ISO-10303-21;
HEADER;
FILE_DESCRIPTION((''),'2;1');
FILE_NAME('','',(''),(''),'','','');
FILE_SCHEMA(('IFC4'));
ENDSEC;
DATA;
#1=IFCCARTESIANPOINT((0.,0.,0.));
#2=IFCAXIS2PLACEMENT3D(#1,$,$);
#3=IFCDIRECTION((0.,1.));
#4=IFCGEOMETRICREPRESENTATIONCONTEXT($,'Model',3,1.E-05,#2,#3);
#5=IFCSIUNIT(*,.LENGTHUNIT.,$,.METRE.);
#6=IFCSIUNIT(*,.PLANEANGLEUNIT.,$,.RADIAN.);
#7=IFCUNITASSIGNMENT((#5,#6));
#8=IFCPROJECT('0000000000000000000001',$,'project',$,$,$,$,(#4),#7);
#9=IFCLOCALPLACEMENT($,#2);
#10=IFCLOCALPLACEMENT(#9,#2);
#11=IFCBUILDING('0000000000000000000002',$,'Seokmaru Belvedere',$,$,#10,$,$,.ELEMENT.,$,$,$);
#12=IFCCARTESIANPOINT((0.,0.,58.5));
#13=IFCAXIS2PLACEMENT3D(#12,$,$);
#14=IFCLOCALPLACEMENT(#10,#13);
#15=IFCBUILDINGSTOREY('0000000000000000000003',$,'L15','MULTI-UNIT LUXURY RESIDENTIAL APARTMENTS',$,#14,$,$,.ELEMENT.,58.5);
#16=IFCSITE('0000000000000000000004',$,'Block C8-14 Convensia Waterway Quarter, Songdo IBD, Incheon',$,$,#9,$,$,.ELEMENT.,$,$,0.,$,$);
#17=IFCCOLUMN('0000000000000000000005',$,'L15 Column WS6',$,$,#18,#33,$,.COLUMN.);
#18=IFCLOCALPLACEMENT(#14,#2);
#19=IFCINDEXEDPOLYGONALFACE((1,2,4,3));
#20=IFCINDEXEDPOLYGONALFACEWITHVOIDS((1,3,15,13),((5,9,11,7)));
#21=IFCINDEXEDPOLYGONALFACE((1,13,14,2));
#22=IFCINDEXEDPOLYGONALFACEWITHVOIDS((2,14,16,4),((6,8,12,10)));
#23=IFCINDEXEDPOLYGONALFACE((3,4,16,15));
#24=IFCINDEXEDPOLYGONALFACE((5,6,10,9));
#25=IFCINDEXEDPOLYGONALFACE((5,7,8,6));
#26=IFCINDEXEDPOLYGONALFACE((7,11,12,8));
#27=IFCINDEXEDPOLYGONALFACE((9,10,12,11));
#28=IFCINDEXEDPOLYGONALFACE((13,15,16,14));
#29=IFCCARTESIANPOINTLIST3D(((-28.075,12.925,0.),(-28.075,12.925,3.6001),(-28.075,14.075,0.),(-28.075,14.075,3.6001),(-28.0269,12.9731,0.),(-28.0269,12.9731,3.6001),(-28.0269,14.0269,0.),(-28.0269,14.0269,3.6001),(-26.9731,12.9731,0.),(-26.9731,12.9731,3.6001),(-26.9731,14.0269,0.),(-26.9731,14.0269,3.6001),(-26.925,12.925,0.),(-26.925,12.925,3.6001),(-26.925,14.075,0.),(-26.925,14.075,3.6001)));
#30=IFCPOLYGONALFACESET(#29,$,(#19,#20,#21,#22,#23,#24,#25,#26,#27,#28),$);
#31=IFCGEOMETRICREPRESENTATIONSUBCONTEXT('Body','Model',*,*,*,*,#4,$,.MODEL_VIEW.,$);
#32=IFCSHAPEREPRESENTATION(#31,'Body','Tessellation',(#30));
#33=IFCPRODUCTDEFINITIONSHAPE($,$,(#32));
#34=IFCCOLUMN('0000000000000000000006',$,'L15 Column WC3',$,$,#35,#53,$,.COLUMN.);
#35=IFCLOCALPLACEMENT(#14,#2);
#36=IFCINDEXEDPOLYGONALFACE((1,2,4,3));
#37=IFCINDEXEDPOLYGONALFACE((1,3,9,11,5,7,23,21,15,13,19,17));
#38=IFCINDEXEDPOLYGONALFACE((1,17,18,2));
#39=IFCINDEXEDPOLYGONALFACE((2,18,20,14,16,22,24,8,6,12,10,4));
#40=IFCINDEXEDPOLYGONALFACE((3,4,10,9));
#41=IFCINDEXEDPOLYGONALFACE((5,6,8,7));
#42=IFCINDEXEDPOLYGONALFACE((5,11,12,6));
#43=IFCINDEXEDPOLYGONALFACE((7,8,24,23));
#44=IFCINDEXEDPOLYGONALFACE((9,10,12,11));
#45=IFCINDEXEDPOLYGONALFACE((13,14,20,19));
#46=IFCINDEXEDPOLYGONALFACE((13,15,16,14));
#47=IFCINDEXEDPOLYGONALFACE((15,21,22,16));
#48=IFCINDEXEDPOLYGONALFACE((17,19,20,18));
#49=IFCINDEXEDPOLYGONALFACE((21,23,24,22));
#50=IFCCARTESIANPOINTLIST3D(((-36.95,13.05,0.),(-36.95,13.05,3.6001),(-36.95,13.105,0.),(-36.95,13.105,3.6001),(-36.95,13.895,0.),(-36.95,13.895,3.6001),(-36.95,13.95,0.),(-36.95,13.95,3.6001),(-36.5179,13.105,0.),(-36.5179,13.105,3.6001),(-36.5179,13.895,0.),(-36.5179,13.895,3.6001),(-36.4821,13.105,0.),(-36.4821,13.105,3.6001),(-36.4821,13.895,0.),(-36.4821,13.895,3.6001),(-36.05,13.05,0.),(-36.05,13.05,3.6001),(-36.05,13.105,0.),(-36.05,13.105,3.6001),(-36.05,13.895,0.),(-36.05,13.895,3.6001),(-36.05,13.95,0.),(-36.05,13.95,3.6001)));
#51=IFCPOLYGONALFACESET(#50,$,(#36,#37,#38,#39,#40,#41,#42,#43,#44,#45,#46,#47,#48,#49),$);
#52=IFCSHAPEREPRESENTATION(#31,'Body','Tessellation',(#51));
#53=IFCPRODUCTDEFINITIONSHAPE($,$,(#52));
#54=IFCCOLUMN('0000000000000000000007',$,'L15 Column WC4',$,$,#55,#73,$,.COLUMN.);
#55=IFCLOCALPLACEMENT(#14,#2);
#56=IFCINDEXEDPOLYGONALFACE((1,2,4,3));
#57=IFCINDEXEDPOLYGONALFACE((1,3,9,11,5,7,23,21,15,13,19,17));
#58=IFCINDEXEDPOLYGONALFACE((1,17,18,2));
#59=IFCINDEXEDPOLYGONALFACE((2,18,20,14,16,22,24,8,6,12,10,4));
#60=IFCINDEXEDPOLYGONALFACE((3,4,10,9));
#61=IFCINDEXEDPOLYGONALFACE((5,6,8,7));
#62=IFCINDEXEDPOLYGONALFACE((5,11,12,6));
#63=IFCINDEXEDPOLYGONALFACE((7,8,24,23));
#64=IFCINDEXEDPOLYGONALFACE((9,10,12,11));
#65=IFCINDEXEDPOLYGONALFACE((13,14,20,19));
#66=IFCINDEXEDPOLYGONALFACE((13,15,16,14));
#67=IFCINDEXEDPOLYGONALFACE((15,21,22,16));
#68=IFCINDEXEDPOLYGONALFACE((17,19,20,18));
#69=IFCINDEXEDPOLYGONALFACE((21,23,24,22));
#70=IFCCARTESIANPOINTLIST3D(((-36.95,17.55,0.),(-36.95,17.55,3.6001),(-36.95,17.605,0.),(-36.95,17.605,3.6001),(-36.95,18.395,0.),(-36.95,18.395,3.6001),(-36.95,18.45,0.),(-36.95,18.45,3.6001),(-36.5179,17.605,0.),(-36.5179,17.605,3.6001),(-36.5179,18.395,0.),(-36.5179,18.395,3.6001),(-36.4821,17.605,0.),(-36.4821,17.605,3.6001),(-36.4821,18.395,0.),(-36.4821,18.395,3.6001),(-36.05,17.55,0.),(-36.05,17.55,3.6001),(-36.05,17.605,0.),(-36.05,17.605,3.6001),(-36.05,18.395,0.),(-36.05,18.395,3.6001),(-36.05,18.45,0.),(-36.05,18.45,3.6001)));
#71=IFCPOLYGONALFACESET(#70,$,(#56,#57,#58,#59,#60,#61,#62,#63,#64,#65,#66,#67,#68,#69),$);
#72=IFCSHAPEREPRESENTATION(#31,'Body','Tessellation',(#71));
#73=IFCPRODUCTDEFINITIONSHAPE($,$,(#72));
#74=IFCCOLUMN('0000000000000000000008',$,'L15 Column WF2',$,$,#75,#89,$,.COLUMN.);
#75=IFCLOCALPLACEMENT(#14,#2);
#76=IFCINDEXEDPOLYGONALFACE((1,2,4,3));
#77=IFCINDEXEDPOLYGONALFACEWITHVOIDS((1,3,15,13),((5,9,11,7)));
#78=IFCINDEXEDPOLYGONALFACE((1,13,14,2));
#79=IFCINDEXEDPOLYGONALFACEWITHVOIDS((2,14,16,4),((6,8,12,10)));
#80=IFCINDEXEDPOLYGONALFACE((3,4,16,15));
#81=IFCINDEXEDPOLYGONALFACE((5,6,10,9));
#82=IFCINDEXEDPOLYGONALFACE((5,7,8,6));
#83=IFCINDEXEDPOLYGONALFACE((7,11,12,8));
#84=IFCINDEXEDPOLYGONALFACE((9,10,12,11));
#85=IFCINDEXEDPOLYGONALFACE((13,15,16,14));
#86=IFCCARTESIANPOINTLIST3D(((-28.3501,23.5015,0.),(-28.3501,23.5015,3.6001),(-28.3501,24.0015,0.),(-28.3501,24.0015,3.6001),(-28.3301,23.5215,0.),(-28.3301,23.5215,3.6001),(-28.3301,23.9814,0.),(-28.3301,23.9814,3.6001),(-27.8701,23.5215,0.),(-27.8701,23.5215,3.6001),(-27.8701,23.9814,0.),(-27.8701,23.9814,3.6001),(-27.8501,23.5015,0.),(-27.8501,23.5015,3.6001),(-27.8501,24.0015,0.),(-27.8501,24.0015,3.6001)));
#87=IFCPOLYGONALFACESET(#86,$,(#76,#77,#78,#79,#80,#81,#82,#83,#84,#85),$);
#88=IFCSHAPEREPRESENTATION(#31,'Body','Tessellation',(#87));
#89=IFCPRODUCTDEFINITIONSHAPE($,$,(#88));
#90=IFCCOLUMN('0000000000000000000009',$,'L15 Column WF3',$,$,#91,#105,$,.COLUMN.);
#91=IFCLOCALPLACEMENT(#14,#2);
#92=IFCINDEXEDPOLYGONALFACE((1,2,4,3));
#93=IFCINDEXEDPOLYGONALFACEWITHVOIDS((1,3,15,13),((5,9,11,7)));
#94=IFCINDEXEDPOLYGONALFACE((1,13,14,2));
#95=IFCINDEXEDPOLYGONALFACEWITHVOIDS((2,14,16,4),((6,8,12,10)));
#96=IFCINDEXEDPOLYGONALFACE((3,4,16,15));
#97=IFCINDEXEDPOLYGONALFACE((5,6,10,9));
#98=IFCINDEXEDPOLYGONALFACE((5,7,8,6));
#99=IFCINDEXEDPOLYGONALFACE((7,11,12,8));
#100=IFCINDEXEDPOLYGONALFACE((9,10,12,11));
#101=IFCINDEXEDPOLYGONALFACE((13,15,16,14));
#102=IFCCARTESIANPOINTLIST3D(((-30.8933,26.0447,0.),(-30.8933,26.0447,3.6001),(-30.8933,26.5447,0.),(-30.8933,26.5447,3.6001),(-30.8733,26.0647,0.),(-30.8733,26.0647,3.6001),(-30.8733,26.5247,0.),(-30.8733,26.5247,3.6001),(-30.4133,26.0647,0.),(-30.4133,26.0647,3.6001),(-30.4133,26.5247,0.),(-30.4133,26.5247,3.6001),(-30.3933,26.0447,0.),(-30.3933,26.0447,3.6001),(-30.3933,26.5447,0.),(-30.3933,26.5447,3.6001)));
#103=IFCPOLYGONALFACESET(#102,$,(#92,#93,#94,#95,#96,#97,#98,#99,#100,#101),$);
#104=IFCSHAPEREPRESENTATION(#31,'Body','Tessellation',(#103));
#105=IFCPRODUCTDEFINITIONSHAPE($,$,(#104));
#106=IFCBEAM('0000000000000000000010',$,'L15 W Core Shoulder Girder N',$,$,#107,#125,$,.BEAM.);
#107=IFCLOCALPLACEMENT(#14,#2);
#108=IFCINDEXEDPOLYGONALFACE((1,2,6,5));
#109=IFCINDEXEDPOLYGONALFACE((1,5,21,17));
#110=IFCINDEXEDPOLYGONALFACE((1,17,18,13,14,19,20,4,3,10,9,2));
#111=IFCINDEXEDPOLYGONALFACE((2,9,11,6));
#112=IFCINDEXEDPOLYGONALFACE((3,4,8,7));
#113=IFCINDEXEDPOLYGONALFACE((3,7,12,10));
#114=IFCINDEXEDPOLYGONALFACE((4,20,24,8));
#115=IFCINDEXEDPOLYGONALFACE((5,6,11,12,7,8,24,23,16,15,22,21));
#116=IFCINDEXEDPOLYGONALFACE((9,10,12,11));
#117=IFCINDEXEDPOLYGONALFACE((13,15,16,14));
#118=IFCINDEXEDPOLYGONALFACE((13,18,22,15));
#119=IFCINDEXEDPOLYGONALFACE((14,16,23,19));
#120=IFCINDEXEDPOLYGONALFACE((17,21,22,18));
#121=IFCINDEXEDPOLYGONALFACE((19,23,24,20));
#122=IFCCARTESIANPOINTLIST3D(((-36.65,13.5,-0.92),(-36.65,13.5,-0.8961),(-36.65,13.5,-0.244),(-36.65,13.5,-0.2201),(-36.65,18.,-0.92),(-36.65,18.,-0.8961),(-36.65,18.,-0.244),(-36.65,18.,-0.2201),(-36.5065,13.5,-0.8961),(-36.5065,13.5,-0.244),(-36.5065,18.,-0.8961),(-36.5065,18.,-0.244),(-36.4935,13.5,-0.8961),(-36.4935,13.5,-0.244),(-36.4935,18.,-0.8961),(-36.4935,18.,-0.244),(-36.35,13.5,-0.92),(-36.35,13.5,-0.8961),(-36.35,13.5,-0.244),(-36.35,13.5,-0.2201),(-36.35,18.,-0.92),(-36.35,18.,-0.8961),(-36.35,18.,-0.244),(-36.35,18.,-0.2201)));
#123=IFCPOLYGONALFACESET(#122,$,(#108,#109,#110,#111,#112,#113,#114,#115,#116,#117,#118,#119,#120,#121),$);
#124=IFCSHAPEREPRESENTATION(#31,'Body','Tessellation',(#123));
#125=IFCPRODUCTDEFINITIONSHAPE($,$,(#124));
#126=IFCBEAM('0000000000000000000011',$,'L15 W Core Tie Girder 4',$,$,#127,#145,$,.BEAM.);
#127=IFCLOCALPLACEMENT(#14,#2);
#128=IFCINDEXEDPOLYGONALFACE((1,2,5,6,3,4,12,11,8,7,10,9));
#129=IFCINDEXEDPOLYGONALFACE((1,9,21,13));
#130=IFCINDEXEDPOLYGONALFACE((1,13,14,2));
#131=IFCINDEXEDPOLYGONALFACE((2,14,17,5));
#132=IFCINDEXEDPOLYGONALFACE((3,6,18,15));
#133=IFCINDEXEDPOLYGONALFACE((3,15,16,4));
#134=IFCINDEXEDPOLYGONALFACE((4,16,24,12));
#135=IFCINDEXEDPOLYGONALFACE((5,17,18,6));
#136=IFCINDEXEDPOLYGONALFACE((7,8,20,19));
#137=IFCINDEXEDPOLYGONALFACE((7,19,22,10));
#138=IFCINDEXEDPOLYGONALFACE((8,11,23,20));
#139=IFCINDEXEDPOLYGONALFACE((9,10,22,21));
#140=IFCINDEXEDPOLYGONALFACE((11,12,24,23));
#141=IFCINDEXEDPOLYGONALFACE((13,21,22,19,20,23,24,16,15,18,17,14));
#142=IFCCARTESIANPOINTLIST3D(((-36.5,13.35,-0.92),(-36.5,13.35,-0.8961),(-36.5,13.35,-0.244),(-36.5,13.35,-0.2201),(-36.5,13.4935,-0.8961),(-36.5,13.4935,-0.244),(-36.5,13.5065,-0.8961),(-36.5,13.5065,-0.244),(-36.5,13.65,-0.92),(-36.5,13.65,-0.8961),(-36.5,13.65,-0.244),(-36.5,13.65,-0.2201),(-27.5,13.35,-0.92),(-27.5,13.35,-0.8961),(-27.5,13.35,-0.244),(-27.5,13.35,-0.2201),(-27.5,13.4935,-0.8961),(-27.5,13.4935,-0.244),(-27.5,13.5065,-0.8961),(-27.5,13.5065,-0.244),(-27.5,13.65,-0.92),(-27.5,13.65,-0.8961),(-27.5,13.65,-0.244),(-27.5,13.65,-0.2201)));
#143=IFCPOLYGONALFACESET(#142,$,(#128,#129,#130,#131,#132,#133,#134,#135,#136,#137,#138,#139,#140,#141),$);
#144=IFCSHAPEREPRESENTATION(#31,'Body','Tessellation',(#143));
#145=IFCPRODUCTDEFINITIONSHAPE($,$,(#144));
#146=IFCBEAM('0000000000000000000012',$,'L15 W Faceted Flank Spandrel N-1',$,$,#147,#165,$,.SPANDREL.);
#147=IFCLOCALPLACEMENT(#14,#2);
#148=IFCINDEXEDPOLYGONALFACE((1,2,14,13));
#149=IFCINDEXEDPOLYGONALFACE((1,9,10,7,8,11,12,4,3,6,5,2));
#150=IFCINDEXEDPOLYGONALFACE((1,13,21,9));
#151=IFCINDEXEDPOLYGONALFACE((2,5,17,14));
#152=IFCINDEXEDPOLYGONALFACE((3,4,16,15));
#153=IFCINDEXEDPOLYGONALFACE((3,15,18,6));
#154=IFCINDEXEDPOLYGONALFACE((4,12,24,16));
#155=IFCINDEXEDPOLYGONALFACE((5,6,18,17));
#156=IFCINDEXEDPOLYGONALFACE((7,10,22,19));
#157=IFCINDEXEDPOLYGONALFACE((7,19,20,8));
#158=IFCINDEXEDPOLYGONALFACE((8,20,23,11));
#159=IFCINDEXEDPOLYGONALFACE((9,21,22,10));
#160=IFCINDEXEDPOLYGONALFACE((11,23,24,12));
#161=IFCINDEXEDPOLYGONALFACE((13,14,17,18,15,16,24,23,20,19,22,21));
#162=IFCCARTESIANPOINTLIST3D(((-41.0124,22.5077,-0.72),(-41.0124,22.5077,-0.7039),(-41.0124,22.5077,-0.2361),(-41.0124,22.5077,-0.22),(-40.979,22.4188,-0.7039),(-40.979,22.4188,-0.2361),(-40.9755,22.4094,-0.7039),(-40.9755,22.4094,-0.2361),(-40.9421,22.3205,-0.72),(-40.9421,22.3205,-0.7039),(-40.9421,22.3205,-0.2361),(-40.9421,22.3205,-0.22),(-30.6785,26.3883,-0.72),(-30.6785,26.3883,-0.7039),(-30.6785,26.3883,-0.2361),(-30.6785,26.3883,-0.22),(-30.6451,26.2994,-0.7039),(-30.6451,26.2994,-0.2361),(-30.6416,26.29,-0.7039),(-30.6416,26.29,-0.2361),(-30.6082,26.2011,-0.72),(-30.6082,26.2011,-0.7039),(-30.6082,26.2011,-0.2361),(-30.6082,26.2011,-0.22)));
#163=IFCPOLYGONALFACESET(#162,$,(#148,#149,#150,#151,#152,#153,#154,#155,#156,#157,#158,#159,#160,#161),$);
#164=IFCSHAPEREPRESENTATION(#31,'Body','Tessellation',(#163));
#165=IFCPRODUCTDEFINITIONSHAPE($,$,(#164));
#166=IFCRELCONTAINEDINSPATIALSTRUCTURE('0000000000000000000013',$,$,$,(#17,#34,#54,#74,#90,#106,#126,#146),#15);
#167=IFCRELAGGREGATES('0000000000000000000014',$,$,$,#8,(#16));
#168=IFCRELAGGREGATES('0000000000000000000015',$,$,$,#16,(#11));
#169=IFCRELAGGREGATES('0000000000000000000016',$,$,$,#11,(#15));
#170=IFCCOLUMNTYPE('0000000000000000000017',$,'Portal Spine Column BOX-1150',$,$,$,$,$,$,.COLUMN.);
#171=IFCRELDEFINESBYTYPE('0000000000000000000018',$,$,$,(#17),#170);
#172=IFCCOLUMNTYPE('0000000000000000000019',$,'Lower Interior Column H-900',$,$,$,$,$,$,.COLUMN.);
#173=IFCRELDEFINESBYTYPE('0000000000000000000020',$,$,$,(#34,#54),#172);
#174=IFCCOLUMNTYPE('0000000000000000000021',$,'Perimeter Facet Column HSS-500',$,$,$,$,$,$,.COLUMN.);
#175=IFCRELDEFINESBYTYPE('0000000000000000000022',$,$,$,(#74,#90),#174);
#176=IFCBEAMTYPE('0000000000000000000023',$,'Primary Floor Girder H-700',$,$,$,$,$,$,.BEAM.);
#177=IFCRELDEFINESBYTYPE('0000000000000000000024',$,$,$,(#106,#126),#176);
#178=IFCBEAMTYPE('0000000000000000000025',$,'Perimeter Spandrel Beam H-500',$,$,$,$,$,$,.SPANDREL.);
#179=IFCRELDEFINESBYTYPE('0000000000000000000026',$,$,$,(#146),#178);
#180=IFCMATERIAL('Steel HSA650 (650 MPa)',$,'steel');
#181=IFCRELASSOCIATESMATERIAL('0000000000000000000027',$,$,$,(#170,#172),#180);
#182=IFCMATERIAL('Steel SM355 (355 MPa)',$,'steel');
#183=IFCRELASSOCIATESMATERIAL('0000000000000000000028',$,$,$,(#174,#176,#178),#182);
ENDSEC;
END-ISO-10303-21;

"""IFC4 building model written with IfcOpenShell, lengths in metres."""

from ifc_helpers import new_model, si_unit, direction, frame, origin, origin_2d, place, context, subcontext, project, spatial, hollow_rectangle, i_section, extrude, source, transform, mapped, material, material_profile, profile_set, type_object, type_shapes, element, save


model = new_model("IFC4")

# Units and contexts
model_context = context("Model", 3, precision=1e-05, world=origin(), true_north=direction((0.0, 1.0)))
body_context = subcontext(model_context, "Body", "Model", "MODEL_VIEW")
ifc_project = project(units=[si_unit("LENGTHUNIT", "METRE"), si_unit("PLANEANGLEUNIT", "RADIAN")], contexts=[model_context])

# Site, building, storey
site_placement = place(None, origin())
site = spatial("IfcSite", under=ifc_project, at=site_placement, Name="Block C8-14 Convensia Waterway Quarter, Songdo IBD, Incheon", CompositionType="ELEMENT", RefElevation=0.0)
building_placement = place(site_placement, origin())
building = spatial("IfcBuilding", under=site, at=building_placement, Name="Seokmaru Belvedere", CompositionType="ELEMENT")
storey_placement = place(building_placement, frame((0.0, 0.0, 58.5)))
storey = spatial("IfcBuildingStorey", under=building, at=storey_placement, Name="L15", Description="MULTI-UNIT LUXURY RESIDENTIAL APARTMENTS", CompositionType="ELEMENT", Elevation=58.5)

# Columns
ifc_material_1 = material(Name="Steel HSA650 (650 MPa)", Category="steel")
ifc_material_profile_1 = material_profile(ifc_material_1, hollow_rectangle(XDim=1.1499, YDim=1.1499, WallThickness=0.0481, at=origin_2d()), Name="BOX-1150x1150x48")
ifc_profile_set_1 = profile_set([ifc_material_profile_1], Name="Steel HSA650 (650 MPa)")
column_type_1 = type_object("IfcColumnType", Name="Portal Spine Column BOX-1150", PredefinedType="COLUMN", material=ifc_profile_set_1)
shared_shape_1 = source(origin(), body_context, "Body", "SweptSolid", [
    extrude(hollow_rectangle(XDim=1.1499, YDim=1.1499, WallThickness=0.0481, at=origin_2d()), origin(), (0.0, 0.0, 1.0), 3.6001),
])
type_shapes(column_type_1, [shared_shape_1])
column_placement = place(storey_placement, frame((-27.5, 13.5, 0.0), z_axis=(0.0, 0.0, 1.0), x_axis=(1.0, 0.0, 0.0)))
element("IfcColumn", 1, at=column_placement, inside=storey, type_object=column_type_1, Name="L15 Column WS6", PredefinedType="COLUMN", context=body_context, shape_type="MappedRepresentation", body=[
    mapped(shared_shape_1, transform((0.0, 0.0, 0.0), scale=1.0)),
])
ifc_material_profile_2 = material_profile(ifc_material_1, i_section(OverallWidth=0.8999, OverallDepth=0.8999, WebThickness=0.0359, FlangeThickness=0.0549, at=origin_2d()), Name="H-900x900x36x55")
ifc_profile_set_2 = profile_set([ifc_material_profile_2], Name="Steel HSA650 (650 MPa)")
column_type_2 = type_object("IfcColumnType", Name="Lower Interior Column H-900", PredefinedType="COLUMN", material=ifc_profile_set_2)
shared_shape_2 = source(origin(), body_context, "Body", "SweptSolid", [
    extrude(i_section(OverallWidth=0.8999, OverallDepth=0.8999, WebThickness=0.0359, FlangeThickness=0.0549, at=origin_2d()), origin(), (0.0, 0.0, 1.0), 3.6001),
])
type_shapes(column_type_2, [shared_shape_2])
for number, where, z_axis, x_axis, name in (
    (2, (-36.5, 13.5, 0.0), (0.0, 0.0, 1.0), (1.0, 0.0, 0.0), "L15 Column WC3"),
    (3, (-36.5, 18.0, 0.0), (0.0, 0.0, 1.0), (1.0, 0.0, 0.0), "L15 Column WC4"),
):
    element("IfcColumn", number, at=place(storey_placement, frame(where, z_axis=z_axis, x_axis=x_axis)), inside=storey, type_object=column_type_2, Name=name, PredefinedType="COLUMN", context=body_context, shape_type="MappedRepresentation", body=[
        mapped(shared_shape_2, transform((0.0, 0.0, 0.0), scale=1.0)),
    ])
ifc_material_2 = material(Name="Steel SM355 (355 MPa)", Category="steel")
ifc_material_profile_3 = material_profile(ifc_material_2, hollow_rectangle(XDim=0.5, YDim=0.5, WallThickness=0.02, at=origin_2d()), Name="HSS-500x500x20")
ifc_profile_set_3 = profile_set([ifc_material_profile_3], Name="Steel SM355 (355 MPa)")
column_type_3 = type_object("IfcColumnType", Name="Perimeter Facet Column HSS-500", PredefinedType="COLUMN", material=ifc_profile_set_3)
shared_shape_3 = source(origin(), body_context, "Body", "SweptSolid", [
    extrude(hollow_rectangle(XDim=0.5, YDim=0.5, WallThickness=0.02, at=origin_2d()), origin(), (0.0, 0.0, 1.0), 3.6001),
])
type_shapes(column_type_3, [shared_shape_3])
for number, where, z_axis, x_axis, name in (
    (4, (-28.1001, 23.7515, 0.0), (0.0, 0.0, 1.0), (1.0, 0.0, 0.0), "L15 Column WF2"),
    (5, (-30.6433, 26.2947, 0.0), (0.0, 0.0, 1.0), (1.0, 0.0, 0.0), "L15 Column WF3"),
):
    element("IfcColumn", number, at=place(storey_placement, frame(where, z_axis=z_axis, x_axis=x_axis)), inside=storey, type_object=column_type_3, Name=name, PredefinedType="COLUMN", context=body_context, shape_type="MappedRepresentation", body=[
        mapped(shared_shape_3, transform((0.0, 0.0, 0.0), scale=1.0)),
    ])

# Beams
ifc_material_profile_4 = material_profile(ifc_material_2, i_section(OverallWidth=0.3, OverallDepth=0.7, WebThickness=0.0129, FlangeThickness=0.0239, at=origin_2d()), Name="H-700x300x13x24")
ifc_profile_set_4 = profile_set([ifc_material_profile_4], Name="Steel SM355 (355 MPa)")
beam_type_1 = type_object("IfcBeamType", Name="Primary Floor Girder H-700", PredefinedType="BEAM", material=ifc_profile_set_4)
shared_shape_4 = source(origin(), body_context, "Body", "SweptSolid", [
    extrude(i_section(OverallWidth=0.3, OverallDepth=0.7, WebThickness=0.0129, FlangeThickness=0.0239, at=origin_2d()), origin(), (0.0, 0.0, 1.0), 4.5),
])
beam_1_placement = place(storey_placement, frame((-36.5, 13.5, -0.5701), z_axis=(0.0, 1.0, 0.0), x_axis=(-1.0, 0.0, 0.0)))
element("IfcBeam", 6, at=beam_1_placement, inside=storey, type_object=beam_type_1, Name="L15 W Core Shoulder Girder N", PredefinedType="BEAM", context=body_context, shape_type="MappedRepresentation", body=[
    mapped(shared_shape_4, transform((0.0, 0.0, 0.0), scale=1.0)),
])
shared_shape_5 = source(origin(), body_context, "Body", "SweptSolid", [
    extrude(i_section(OverallWidth=0.3, OverallDepth=0.7, WebThickness=0.0129, FlangeThickness=0.0239, at=origin_2d()), origin(), (0.0, 0.0, 1.0), 9.0),
])
type_shapes(beam_type_1, [shared_shape_4, shared_shape_5])
beam_2_placement = place(storey_placement, frame((-36.5, 13.5, -0.5701), z_axis=(1.0, 0.0, 0.0), x_axis=(0.0, 1.0, 0.0)))
element("IfcBeam", 7, at=beam_2_placement, inside=storey, type_object=beam_type_1, Name="L15 W Core Tie Girder 4", PredefinedType="BEAM", context=body_context, shape_type="MappedRepresentation", body=[
    mapped(shared_shape_5, transform((0.0, 0.0, 0.0), scale=1.0)),
])
ifc_material_profile_5 = material_profile(ifc_material_2, i_section(OverallWidth=0.2, OverallDepth=0.5, WebThickness=0.01, FlangeThickness=0.0161, at=origin_2d()), Name="H-500x200x10x16")
ifc_profile_set_5 = profile_set([ifc_material_profile_5], Name="Steel SM355 (355 MPa)")
beam_type_2 = type_object("IfcBeamType", Name="Perimeter Spandrel Beam H-500", PredefinedType="SPANDREL", material=ifc_profile_set_5)
shared_shape_6 = source(origin(), body_context, "Body", "SweptSolid", [
    extrude(i_section(OverallWidth=0.2, OverallDepth=0.5, WebThickness=0.01, FlangeThickness=0.0161, at=origin_2d()), origin(), (0.0, 0.0, 1.0), 11.0386),
])
beam_3_placement = place(storey_placement, frame((-30.6433, 26.2947, -0.47), z_axis=(-0.936169, -0.35155, 0.0), x_axis=(0.35155, -0.936169, 0.0)))
element("IfcBeam", 8, at=beam_3_placement, inside=storey, type_object=beam_type_2, Name="L15 W Faceted Flank Spandrel N-1", PredefinedType="SPANDREL", context=body_context, shape_type="MappedRepresentation", body=[
    mapped(shared_shape_6, transform((0.0, 0.0, 0.0), scale=1.0)),
])

save(model, "model.ifc")
